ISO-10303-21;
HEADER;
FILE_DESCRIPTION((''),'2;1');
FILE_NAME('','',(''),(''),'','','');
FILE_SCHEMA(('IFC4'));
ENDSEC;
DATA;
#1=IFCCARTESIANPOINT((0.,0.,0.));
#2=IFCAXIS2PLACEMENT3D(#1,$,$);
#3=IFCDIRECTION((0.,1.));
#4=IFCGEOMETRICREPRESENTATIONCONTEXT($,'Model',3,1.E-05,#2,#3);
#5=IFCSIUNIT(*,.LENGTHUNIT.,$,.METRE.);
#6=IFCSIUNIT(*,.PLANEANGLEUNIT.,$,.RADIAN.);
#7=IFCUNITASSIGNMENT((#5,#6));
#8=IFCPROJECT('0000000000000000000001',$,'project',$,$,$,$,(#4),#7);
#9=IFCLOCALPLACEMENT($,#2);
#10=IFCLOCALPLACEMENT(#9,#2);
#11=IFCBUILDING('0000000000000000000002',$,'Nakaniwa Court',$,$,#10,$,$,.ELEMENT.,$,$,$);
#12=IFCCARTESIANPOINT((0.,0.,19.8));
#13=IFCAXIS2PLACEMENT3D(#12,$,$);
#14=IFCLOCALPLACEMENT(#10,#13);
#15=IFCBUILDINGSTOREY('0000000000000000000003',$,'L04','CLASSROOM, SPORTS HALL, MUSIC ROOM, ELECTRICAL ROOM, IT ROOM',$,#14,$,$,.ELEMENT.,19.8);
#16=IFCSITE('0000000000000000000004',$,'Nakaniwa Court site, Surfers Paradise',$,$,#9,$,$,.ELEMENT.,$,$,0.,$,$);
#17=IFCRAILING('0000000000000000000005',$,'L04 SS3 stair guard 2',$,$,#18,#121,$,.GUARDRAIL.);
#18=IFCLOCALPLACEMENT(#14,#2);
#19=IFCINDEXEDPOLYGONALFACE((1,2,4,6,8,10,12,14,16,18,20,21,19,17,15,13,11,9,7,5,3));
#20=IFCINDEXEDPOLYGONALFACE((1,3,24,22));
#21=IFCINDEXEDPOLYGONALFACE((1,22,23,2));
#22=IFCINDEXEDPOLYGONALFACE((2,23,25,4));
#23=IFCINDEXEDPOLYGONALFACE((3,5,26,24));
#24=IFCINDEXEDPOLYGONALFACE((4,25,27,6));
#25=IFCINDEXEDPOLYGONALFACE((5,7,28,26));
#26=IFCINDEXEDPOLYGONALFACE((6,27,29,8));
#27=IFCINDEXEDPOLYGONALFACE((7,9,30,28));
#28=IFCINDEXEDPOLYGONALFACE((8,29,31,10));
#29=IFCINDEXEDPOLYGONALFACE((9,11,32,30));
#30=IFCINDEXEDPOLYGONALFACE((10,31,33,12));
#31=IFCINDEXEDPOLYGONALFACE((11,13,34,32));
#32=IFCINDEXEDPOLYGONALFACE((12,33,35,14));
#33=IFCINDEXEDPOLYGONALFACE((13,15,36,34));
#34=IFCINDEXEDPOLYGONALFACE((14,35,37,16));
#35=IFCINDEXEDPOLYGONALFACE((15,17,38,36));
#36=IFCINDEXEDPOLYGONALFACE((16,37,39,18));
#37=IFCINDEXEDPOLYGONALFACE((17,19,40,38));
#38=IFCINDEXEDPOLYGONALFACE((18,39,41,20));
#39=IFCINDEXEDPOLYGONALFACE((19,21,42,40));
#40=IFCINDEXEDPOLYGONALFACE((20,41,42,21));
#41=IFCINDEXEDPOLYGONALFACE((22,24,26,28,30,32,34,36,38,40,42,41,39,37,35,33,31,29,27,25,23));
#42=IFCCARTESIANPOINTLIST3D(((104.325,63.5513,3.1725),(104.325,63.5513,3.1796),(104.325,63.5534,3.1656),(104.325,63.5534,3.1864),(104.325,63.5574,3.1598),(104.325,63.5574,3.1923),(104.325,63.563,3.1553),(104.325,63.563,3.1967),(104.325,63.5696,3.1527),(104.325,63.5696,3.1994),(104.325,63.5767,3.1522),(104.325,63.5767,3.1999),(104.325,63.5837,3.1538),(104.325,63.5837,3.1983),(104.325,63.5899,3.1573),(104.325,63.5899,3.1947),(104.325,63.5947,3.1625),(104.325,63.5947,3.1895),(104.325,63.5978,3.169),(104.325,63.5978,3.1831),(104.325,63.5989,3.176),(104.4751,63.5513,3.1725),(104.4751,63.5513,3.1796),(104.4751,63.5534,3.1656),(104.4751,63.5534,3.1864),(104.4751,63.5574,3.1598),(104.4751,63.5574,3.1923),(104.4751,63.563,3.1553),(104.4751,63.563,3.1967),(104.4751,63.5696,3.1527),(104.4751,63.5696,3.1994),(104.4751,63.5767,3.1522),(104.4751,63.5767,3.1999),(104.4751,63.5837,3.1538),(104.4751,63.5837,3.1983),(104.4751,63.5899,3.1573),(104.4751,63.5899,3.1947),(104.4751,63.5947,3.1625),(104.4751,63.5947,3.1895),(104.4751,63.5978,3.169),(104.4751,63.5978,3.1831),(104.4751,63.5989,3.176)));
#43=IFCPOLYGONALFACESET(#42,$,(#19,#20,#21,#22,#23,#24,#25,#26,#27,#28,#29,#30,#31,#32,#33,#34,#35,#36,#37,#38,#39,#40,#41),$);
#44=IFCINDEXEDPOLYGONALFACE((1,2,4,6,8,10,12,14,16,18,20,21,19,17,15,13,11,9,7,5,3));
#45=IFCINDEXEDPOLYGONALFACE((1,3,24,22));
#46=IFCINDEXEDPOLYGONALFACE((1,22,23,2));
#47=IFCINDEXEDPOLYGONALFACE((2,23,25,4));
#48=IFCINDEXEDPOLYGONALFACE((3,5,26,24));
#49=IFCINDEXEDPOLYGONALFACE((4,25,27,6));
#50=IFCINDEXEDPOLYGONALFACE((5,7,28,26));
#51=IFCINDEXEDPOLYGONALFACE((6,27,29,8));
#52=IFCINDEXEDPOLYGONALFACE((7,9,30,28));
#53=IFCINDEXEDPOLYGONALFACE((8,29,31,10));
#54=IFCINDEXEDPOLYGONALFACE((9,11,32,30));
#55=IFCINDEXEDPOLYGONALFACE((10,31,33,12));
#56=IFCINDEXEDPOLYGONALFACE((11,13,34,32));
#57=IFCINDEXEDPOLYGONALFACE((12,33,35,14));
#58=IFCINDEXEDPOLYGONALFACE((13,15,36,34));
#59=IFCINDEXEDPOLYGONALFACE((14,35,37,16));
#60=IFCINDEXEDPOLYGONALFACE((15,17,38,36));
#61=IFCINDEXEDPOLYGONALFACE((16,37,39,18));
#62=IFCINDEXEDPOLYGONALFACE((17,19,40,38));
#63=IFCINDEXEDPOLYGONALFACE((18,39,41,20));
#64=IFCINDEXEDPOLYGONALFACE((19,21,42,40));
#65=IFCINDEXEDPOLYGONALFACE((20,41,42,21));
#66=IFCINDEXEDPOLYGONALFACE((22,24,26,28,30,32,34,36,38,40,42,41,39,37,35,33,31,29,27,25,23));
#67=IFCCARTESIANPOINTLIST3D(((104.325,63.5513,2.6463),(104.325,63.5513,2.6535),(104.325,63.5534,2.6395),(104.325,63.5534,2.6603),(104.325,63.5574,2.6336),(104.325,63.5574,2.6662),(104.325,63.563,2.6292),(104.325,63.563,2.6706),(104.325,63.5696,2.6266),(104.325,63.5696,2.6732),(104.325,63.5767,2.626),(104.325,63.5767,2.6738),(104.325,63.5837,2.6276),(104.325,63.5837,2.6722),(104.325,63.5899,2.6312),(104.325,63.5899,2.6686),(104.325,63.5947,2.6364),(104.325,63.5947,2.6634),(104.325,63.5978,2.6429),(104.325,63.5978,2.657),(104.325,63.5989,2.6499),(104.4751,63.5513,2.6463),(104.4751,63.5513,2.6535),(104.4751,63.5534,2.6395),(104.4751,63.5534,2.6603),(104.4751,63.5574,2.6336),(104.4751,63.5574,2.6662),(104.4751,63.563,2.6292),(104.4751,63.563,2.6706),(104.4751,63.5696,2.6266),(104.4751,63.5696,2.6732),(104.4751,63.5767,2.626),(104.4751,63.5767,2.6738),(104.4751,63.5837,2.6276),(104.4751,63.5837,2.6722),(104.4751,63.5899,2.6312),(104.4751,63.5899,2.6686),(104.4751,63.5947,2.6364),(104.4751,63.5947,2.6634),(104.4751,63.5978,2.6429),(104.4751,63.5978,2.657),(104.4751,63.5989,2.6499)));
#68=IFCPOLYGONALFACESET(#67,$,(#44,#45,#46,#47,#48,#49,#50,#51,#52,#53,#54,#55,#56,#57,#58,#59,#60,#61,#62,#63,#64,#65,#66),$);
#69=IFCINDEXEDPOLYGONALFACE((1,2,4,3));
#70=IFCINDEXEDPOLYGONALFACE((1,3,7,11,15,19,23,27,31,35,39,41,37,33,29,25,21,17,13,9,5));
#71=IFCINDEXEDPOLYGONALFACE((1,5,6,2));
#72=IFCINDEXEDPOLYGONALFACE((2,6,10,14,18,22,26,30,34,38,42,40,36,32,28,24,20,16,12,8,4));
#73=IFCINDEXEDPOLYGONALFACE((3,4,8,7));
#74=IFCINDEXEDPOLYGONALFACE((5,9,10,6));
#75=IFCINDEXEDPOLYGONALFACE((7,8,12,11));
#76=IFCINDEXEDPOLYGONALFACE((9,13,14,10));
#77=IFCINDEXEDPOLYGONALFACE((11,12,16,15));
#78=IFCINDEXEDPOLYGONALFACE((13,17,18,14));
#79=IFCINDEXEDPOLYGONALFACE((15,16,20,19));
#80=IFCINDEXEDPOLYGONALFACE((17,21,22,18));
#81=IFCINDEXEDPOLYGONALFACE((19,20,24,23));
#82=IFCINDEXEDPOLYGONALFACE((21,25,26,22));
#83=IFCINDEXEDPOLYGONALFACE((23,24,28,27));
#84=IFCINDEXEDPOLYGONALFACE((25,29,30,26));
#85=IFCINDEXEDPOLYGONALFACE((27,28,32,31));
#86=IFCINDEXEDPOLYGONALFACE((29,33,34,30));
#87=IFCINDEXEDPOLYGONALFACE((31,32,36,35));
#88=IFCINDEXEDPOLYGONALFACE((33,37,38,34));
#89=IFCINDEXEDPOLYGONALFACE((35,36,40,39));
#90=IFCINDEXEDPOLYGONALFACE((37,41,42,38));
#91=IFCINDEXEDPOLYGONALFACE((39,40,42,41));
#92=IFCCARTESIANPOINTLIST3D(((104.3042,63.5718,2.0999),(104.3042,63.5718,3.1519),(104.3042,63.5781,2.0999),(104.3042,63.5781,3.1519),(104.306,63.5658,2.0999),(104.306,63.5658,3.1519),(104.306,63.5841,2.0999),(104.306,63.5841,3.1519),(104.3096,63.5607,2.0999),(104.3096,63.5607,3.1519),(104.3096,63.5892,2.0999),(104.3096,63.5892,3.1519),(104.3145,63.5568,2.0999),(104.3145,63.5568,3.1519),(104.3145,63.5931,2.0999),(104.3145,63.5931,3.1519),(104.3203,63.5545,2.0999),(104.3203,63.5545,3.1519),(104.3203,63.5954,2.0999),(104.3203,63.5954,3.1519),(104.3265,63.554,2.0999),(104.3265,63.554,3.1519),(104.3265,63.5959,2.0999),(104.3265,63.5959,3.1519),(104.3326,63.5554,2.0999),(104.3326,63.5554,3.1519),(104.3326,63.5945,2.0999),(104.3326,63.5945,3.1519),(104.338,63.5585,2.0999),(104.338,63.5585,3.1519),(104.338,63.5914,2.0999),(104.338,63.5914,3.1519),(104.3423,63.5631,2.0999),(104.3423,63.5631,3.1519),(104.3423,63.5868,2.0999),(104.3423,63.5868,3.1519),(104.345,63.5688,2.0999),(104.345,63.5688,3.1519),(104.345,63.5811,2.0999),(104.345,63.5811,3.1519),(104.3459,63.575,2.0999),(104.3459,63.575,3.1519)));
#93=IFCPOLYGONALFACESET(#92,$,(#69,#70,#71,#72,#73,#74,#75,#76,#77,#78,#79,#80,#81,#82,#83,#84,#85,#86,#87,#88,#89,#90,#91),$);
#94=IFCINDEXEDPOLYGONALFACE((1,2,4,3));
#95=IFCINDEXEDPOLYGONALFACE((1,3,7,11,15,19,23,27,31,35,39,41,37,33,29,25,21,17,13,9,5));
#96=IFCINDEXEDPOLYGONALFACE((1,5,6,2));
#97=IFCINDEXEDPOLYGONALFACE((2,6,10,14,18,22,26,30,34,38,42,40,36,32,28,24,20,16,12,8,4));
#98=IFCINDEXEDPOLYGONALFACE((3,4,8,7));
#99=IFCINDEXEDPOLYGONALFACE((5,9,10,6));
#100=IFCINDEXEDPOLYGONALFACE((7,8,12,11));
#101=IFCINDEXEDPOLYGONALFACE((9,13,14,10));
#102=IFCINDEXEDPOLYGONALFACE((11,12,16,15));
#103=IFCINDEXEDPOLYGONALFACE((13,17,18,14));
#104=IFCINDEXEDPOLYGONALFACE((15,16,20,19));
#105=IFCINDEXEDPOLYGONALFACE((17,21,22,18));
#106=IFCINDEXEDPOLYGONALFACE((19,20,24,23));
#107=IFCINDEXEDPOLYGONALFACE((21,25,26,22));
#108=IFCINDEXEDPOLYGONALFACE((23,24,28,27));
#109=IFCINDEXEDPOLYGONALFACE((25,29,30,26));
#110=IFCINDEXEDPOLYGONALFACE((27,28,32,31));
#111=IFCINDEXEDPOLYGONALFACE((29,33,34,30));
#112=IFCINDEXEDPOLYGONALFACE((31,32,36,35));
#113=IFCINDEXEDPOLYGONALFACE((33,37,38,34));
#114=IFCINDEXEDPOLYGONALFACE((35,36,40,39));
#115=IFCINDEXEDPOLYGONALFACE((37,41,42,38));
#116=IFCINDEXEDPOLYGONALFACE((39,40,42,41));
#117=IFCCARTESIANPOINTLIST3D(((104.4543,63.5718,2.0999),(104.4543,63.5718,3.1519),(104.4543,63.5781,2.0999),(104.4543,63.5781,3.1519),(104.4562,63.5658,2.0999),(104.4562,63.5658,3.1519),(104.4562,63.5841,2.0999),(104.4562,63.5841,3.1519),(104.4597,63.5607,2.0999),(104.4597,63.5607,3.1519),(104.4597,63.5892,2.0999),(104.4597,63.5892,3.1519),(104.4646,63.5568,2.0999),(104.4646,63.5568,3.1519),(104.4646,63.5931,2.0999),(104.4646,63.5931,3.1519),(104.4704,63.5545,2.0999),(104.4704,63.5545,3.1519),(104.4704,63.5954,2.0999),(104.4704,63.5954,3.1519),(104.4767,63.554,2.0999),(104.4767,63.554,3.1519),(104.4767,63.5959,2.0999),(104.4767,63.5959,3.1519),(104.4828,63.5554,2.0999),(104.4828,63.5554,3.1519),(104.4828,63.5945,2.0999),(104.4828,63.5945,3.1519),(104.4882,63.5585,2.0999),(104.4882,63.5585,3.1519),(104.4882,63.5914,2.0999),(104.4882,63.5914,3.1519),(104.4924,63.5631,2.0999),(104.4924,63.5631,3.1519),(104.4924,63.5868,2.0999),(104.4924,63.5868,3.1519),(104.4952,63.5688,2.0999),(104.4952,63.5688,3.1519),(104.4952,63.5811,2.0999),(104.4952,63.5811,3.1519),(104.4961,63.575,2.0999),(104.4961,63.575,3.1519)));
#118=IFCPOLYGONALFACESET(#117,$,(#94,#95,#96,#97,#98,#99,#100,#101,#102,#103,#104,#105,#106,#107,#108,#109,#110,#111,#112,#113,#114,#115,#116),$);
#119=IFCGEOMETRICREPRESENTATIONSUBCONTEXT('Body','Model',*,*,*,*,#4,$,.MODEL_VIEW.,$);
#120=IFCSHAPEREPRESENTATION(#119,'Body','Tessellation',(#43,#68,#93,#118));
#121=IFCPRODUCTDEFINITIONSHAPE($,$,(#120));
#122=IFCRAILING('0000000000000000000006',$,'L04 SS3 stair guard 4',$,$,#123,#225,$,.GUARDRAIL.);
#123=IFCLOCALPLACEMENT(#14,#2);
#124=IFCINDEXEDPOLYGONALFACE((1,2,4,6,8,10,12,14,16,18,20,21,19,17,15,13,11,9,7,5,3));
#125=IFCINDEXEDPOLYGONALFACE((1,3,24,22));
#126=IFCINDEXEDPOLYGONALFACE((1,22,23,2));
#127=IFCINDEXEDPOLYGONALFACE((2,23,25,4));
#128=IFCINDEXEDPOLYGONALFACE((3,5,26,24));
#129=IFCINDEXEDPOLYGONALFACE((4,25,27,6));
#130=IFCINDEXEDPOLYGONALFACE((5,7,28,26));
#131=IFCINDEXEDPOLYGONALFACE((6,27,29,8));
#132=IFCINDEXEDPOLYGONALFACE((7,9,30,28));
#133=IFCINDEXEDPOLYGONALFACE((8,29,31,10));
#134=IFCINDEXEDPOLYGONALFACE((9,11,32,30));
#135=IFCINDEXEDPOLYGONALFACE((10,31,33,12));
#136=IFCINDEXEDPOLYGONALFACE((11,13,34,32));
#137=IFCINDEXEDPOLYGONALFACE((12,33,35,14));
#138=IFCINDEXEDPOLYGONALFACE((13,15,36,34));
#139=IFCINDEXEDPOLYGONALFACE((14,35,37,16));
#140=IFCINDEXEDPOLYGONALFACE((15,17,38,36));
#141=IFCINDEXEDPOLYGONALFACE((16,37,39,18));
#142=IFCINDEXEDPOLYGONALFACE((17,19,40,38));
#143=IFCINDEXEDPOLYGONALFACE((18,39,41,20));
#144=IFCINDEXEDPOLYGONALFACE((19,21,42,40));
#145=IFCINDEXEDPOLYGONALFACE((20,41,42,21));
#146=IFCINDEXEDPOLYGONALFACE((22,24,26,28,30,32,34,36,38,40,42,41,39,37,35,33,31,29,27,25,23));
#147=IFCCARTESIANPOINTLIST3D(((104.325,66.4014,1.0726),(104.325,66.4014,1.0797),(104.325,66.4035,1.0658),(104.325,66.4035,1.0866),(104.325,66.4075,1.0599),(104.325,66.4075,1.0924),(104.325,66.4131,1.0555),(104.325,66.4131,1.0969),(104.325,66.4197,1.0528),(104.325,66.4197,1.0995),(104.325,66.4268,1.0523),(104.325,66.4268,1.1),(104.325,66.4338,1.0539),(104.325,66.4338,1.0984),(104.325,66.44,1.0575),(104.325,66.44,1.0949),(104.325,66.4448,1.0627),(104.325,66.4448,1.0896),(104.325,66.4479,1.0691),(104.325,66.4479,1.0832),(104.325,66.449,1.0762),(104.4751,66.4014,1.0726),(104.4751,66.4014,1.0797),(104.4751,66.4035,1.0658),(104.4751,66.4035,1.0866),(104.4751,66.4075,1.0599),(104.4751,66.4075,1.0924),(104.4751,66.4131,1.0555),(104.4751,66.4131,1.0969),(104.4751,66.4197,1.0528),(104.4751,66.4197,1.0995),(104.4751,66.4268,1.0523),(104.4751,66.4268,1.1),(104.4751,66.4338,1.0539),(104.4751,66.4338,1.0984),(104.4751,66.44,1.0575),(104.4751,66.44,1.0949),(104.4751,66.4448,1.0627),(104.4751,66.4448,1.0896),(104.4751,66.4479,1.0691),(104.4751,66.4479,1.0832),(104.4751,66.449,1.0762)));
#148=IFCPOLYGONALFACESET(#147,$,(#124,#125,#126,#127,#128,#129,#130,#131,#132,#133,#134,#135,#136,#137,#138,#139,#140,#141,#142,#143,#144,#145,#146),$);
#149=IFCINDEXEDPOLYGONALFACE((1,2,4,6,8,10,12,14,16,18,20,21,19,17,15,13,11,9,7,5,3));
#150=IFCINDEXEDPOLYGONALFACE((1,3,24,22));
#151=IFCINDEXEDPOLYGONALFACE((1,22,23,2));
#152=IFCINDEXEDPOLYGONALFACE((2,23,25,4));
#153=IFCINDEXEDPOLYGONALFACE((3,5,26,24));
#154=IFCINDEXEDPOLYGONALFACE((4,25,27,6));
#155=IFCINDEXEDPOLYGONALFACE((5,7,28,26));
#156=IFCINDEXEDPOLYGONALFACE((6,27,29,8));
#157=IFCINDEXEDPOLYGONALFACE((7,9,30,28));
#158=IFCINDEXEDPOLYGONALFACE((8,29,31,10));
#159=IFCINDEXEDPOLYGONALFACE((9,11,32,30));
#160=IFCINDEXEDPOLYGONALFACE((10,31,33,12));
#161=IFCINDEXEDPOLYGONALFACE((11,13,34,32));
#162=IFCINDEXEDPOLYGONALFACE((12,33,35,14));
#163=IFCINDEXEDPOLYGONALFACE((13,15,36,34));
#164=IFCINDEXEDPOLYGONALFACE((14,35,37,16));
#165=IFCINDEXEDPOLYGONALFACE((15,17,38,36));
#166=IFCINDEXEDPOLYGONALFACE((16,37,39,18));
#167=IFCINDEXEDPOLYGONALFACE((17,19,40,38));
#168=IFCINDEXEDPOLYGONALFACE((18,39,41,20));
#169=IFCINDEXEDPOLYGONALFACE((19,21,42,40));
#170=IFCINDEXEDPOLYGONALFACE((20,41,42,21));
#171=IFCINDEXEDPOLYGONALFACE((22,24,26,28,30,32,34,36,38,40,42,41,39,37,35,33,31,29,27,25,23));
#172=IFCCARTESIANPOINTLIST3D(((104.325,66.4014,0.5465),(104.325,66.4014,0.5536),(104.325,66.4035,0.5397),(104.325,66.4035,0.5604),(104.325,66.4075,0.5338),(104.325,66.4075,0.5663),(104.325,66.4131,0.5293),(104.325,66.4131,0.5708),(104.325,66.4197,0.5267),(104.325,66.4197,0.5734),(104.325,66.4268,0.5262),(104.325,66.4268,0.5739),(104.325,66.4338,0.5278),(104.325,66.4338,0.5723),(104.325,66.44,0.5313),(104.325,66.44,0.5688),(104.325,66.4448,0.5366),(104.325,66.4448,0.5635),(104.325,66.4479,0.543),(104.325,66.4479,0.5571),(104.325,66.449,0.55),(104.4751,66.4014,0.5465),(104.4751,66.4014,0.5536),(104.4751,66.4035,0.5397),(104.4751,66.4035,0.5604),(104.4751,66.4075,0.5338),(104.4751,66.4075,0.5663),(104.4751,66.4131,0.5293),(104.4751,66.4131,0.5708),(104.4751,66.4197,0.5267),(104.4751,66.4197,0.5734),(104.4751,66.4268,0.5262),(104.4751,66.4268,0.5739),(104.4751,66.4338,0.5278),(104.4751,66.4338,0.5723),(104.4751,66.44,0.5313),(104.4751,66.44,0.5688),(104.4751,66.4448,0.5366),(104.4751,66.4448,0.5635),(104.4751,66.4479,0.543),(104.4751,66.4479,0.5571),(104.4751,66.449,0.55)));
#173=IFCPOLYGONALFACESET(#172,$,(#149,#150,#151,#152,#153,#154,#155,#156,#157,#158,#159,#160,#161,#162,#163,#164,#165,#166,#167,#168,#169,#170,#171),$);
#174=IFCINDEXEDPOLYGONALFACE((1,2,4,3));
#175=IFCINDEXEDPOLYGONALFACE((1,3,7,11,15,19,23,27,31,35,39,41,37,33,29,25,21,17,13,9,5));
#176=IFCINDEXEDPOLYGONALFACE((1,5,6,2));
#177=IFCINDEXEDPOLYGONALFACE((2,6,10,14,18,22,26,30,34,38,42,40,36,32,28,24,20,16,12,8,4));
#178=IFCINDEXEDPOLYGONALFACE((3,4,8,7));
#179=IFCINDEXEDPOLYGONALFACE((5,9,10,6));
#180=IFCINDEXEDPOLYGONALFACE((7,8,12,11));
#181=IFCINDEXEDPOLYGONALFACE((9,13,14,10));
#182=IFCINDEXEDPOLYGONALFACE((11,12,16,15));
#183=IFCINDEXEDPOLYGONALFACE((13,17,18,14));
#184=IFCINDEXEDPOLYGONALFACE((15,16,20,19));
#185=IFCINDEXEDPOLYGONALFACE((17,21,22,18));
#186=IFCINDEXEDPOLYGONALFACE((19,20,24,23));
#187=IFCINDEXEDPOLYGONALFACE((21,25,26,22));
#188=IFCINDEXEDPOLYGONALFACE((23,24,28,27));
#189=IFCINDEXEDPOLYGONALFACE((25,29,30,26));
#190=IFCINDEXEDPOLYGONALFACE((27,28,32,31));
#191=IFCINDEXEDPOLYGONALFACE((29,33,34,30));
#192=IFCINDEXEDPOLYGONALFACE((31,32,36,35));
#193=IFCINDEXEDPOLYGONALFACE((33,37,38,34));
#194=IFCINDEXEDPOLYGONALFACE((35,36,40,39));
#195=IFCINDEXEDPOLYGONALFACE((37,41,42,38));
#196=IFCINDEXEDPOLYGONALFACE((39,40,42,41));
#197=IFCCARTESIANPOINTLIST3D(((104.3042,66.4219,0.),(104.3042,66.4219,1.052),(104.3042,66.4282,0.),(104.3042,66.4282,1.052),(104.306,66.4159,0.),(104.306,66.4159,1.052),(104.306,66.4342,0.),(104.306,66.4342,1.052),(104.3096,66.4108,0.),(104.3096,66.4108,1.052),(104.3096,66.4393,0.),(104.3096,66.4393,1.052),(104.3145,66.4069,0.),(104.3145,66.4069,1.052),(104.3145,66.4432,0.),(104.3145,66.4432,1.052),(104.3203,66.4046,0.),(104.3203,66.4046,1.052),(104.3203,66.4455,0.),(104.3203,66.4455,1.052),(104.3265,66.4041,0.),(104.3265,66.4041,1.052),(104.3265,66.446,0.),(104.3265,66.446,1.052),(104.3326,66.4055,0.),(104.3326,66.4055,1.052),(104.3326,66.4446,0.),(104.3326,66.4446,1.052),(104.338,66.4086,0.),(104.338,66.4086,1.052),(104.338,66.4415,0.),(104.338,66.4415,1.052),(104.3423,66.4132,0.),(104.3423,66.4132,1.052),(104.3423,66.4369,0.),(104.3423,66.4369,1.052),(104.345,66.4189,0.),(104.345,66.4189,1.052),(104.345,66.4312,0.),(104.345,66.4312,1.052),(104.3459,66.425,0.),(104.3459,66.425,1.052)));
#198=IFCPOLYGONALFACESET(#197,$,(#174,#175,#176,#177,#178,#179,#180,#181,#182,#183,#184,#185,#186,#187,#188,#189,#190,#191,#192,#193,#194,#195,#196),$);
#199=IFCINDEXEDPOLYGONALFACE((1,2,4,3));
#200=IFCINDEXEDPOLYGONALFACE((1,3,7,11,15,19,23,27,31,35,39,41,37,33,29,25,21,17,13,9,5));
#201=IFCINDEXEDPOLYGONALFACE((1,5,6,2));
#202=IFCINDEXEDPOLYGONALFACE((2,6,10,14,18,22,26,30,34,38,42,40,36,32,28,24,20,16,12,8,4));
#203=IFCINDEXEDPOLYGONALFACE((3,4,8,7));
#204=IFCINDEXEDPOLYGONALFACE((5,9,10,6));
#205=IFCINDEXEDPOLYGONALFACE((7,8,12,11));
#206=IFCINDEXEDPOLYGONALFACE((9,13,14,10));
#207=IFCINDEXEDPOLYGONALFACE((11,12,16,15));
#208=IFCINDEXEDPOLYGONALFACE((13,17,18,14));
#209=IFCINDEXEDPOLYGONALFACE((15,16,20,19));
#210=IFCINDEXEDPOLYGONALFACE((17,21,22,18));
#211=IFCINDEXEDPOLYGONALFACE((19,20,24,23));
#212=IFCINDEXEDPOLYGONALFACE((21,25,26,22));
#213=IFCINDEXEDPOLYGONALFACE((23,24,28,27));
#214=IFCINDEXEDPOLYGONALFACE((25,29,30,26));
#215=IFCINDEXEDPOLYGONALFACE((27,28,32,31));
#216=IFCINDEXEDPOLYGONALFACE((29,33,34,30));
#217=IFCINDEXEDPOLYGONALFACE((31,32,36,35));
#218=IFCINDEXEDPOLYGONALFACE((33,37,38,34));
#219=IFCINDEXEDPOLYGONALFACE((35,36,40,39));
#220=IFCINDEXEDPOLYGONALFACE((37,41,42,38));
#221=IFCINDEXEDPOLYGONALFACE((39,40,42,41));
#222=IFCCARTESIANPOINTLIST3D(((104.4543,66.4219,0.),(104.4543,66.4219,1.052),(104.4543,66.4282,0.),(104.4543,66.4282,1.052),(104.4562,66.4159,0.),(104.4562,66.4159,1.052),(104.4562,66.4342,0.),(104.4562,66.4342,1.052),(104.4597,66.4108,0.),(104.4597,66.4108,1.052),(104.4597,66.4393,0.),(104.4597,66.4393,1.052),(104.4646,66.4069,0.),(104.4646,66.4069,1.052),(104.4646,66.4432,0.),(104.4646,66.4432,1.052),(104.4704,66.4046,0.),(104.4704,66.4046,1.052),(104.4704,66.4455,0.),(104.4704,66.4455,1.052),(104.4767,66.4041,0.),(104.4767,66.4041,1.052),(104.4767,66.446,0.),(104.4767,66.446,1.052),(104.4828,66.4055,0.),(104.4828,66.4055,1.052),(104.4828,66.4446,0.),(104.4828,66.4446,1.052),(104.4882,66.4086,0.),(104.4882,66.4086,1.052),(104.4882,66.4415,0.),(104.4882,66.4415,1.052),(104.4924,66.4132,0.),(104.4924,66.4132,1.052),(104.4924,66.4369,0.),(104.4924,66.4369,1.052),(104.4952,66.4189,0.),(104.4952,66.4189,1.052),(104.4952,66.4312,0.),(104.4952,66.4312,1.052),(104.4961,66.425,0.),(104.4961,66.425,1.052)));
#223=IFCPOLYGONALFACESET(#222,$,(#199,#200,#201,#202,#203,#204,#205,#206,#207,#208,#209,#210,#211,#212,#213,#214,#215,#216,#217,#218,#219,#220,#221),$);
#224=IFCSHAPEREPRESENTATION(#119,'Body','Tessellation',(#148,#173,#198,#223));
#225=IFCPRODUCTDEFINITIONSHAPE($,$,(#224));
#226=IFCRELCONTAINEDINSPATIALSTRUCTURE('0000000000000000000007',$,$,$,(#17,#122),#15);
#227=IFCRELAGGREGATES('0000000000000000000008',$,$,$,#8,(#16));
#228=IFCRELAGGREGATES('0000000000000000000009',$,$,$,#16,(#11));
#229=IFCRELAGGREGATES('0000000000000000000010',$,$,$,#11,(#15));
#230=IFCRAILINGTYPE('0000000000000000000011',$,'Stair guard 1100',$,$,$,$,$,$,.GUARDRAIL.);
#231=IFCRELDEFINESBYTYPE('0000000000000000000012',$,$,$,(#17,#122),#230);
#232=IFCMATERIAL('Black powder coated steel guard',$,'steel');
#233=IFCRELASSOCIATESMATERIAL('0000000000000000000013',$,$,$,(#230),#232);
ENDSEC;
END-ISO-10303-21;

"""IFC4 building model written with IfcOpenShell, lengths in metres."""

from ifc_helpers import new_model, si_unit, direction, frame, origin, origin_2d, place, context, subcontext, project, spatial, circle, extrude, material, type_object, element, save


model = new_model("IFC4")

# Units and contexts
model_context = context("Model", 3, precision=1e-05, world=origin(), true_north=direction((0.0, 1.0)))
body_context = subcontext(model_context, "Body", "Model", "MODEL_VIEW")
ifc_project = project(units=[si_unit("LENGTHUNIT", "METRE"), si_unit("PLANEANGLEUNIT", "RADIAN")], contexts=[model_context])

# Site, building, storey
site_placement = place(None, origin())
site = spatial("IfcSite", under=ifc_project, at=site_placement, Name="Nakaniwa Court site, Surfers Paradise", CompositionType="ELEMENT", RefElevation=0.0)
building_placement = place(site_placement, origin())
building = spatial("IfcBuilding", under=site, at=building_placement, Name="Nakaniwa Court", CompositionType="ELEMENT")
storey_placement = place(building_placement, frame((0.0, 0.0, 19.8)))
storey = spatial("IfcBuildingStorey", under=building, at=storey_placement, Name="L04", Description="CLASSROOM, SPORTS HALL, MUSIC ROOM, ELECTRICAL ROOM, IT ROOM", CompositionType="ELEMENT", Elevation=19.8)

# Railings
ifc_material_1 = material(Name="Black powder coated steel guard", Category="steel")
railing_type_1 = type_object("IfcRailingType", Name="Stair guard 1100", PredefinedType="GUARDRAIL", material=ifc_material_1)
for number, where, name in (
    (1, (104.325, 63.575, 2.0999), "L04 SS3 stair guard 2"),
    (2, (104.325, 66.425, 0.0), "L04 SS3 stair guard 4"),
):
    element("IfcRailing", number, at=place(storey_placement, frame(where)), inside=storey, type_object=railing_type_1, Name=name, PredefinedType="GUARDRAIL", context=body_context, shape_type="SweptSolid", body=[
        extrude(circle(Radius=0.0239, at=origin_2d()), frame((0.0, 0.0, 1.0762), z_axis=(1.0, 0.0, 0.0), x_axis=(0.0, 1.0, 0.0)), (0.0, 0.0, 1.0), 0.1501),
        extrude(circle(Radius=0.0239, at=origin_2d()), frame((0.0, 0.0, 0.55), z_axis=(1.0, 0.0, 0.0), x_axis=(0.0, 1.0, 0.0)), (0.0, 0.0, 1.0), 0.1501),
        extrude(circle(Radius=0.021, at=origin_2d()), origin(), (0.0, 0.0, 1.0), 1.052),
        extrude(circle(Radius=0.021, at=origin_2d()), frame((0.1501, 0.0, 0.0)), (0.0, 0.0, 1.0), 1.052),
    ])

save(model, "model.ifc")
